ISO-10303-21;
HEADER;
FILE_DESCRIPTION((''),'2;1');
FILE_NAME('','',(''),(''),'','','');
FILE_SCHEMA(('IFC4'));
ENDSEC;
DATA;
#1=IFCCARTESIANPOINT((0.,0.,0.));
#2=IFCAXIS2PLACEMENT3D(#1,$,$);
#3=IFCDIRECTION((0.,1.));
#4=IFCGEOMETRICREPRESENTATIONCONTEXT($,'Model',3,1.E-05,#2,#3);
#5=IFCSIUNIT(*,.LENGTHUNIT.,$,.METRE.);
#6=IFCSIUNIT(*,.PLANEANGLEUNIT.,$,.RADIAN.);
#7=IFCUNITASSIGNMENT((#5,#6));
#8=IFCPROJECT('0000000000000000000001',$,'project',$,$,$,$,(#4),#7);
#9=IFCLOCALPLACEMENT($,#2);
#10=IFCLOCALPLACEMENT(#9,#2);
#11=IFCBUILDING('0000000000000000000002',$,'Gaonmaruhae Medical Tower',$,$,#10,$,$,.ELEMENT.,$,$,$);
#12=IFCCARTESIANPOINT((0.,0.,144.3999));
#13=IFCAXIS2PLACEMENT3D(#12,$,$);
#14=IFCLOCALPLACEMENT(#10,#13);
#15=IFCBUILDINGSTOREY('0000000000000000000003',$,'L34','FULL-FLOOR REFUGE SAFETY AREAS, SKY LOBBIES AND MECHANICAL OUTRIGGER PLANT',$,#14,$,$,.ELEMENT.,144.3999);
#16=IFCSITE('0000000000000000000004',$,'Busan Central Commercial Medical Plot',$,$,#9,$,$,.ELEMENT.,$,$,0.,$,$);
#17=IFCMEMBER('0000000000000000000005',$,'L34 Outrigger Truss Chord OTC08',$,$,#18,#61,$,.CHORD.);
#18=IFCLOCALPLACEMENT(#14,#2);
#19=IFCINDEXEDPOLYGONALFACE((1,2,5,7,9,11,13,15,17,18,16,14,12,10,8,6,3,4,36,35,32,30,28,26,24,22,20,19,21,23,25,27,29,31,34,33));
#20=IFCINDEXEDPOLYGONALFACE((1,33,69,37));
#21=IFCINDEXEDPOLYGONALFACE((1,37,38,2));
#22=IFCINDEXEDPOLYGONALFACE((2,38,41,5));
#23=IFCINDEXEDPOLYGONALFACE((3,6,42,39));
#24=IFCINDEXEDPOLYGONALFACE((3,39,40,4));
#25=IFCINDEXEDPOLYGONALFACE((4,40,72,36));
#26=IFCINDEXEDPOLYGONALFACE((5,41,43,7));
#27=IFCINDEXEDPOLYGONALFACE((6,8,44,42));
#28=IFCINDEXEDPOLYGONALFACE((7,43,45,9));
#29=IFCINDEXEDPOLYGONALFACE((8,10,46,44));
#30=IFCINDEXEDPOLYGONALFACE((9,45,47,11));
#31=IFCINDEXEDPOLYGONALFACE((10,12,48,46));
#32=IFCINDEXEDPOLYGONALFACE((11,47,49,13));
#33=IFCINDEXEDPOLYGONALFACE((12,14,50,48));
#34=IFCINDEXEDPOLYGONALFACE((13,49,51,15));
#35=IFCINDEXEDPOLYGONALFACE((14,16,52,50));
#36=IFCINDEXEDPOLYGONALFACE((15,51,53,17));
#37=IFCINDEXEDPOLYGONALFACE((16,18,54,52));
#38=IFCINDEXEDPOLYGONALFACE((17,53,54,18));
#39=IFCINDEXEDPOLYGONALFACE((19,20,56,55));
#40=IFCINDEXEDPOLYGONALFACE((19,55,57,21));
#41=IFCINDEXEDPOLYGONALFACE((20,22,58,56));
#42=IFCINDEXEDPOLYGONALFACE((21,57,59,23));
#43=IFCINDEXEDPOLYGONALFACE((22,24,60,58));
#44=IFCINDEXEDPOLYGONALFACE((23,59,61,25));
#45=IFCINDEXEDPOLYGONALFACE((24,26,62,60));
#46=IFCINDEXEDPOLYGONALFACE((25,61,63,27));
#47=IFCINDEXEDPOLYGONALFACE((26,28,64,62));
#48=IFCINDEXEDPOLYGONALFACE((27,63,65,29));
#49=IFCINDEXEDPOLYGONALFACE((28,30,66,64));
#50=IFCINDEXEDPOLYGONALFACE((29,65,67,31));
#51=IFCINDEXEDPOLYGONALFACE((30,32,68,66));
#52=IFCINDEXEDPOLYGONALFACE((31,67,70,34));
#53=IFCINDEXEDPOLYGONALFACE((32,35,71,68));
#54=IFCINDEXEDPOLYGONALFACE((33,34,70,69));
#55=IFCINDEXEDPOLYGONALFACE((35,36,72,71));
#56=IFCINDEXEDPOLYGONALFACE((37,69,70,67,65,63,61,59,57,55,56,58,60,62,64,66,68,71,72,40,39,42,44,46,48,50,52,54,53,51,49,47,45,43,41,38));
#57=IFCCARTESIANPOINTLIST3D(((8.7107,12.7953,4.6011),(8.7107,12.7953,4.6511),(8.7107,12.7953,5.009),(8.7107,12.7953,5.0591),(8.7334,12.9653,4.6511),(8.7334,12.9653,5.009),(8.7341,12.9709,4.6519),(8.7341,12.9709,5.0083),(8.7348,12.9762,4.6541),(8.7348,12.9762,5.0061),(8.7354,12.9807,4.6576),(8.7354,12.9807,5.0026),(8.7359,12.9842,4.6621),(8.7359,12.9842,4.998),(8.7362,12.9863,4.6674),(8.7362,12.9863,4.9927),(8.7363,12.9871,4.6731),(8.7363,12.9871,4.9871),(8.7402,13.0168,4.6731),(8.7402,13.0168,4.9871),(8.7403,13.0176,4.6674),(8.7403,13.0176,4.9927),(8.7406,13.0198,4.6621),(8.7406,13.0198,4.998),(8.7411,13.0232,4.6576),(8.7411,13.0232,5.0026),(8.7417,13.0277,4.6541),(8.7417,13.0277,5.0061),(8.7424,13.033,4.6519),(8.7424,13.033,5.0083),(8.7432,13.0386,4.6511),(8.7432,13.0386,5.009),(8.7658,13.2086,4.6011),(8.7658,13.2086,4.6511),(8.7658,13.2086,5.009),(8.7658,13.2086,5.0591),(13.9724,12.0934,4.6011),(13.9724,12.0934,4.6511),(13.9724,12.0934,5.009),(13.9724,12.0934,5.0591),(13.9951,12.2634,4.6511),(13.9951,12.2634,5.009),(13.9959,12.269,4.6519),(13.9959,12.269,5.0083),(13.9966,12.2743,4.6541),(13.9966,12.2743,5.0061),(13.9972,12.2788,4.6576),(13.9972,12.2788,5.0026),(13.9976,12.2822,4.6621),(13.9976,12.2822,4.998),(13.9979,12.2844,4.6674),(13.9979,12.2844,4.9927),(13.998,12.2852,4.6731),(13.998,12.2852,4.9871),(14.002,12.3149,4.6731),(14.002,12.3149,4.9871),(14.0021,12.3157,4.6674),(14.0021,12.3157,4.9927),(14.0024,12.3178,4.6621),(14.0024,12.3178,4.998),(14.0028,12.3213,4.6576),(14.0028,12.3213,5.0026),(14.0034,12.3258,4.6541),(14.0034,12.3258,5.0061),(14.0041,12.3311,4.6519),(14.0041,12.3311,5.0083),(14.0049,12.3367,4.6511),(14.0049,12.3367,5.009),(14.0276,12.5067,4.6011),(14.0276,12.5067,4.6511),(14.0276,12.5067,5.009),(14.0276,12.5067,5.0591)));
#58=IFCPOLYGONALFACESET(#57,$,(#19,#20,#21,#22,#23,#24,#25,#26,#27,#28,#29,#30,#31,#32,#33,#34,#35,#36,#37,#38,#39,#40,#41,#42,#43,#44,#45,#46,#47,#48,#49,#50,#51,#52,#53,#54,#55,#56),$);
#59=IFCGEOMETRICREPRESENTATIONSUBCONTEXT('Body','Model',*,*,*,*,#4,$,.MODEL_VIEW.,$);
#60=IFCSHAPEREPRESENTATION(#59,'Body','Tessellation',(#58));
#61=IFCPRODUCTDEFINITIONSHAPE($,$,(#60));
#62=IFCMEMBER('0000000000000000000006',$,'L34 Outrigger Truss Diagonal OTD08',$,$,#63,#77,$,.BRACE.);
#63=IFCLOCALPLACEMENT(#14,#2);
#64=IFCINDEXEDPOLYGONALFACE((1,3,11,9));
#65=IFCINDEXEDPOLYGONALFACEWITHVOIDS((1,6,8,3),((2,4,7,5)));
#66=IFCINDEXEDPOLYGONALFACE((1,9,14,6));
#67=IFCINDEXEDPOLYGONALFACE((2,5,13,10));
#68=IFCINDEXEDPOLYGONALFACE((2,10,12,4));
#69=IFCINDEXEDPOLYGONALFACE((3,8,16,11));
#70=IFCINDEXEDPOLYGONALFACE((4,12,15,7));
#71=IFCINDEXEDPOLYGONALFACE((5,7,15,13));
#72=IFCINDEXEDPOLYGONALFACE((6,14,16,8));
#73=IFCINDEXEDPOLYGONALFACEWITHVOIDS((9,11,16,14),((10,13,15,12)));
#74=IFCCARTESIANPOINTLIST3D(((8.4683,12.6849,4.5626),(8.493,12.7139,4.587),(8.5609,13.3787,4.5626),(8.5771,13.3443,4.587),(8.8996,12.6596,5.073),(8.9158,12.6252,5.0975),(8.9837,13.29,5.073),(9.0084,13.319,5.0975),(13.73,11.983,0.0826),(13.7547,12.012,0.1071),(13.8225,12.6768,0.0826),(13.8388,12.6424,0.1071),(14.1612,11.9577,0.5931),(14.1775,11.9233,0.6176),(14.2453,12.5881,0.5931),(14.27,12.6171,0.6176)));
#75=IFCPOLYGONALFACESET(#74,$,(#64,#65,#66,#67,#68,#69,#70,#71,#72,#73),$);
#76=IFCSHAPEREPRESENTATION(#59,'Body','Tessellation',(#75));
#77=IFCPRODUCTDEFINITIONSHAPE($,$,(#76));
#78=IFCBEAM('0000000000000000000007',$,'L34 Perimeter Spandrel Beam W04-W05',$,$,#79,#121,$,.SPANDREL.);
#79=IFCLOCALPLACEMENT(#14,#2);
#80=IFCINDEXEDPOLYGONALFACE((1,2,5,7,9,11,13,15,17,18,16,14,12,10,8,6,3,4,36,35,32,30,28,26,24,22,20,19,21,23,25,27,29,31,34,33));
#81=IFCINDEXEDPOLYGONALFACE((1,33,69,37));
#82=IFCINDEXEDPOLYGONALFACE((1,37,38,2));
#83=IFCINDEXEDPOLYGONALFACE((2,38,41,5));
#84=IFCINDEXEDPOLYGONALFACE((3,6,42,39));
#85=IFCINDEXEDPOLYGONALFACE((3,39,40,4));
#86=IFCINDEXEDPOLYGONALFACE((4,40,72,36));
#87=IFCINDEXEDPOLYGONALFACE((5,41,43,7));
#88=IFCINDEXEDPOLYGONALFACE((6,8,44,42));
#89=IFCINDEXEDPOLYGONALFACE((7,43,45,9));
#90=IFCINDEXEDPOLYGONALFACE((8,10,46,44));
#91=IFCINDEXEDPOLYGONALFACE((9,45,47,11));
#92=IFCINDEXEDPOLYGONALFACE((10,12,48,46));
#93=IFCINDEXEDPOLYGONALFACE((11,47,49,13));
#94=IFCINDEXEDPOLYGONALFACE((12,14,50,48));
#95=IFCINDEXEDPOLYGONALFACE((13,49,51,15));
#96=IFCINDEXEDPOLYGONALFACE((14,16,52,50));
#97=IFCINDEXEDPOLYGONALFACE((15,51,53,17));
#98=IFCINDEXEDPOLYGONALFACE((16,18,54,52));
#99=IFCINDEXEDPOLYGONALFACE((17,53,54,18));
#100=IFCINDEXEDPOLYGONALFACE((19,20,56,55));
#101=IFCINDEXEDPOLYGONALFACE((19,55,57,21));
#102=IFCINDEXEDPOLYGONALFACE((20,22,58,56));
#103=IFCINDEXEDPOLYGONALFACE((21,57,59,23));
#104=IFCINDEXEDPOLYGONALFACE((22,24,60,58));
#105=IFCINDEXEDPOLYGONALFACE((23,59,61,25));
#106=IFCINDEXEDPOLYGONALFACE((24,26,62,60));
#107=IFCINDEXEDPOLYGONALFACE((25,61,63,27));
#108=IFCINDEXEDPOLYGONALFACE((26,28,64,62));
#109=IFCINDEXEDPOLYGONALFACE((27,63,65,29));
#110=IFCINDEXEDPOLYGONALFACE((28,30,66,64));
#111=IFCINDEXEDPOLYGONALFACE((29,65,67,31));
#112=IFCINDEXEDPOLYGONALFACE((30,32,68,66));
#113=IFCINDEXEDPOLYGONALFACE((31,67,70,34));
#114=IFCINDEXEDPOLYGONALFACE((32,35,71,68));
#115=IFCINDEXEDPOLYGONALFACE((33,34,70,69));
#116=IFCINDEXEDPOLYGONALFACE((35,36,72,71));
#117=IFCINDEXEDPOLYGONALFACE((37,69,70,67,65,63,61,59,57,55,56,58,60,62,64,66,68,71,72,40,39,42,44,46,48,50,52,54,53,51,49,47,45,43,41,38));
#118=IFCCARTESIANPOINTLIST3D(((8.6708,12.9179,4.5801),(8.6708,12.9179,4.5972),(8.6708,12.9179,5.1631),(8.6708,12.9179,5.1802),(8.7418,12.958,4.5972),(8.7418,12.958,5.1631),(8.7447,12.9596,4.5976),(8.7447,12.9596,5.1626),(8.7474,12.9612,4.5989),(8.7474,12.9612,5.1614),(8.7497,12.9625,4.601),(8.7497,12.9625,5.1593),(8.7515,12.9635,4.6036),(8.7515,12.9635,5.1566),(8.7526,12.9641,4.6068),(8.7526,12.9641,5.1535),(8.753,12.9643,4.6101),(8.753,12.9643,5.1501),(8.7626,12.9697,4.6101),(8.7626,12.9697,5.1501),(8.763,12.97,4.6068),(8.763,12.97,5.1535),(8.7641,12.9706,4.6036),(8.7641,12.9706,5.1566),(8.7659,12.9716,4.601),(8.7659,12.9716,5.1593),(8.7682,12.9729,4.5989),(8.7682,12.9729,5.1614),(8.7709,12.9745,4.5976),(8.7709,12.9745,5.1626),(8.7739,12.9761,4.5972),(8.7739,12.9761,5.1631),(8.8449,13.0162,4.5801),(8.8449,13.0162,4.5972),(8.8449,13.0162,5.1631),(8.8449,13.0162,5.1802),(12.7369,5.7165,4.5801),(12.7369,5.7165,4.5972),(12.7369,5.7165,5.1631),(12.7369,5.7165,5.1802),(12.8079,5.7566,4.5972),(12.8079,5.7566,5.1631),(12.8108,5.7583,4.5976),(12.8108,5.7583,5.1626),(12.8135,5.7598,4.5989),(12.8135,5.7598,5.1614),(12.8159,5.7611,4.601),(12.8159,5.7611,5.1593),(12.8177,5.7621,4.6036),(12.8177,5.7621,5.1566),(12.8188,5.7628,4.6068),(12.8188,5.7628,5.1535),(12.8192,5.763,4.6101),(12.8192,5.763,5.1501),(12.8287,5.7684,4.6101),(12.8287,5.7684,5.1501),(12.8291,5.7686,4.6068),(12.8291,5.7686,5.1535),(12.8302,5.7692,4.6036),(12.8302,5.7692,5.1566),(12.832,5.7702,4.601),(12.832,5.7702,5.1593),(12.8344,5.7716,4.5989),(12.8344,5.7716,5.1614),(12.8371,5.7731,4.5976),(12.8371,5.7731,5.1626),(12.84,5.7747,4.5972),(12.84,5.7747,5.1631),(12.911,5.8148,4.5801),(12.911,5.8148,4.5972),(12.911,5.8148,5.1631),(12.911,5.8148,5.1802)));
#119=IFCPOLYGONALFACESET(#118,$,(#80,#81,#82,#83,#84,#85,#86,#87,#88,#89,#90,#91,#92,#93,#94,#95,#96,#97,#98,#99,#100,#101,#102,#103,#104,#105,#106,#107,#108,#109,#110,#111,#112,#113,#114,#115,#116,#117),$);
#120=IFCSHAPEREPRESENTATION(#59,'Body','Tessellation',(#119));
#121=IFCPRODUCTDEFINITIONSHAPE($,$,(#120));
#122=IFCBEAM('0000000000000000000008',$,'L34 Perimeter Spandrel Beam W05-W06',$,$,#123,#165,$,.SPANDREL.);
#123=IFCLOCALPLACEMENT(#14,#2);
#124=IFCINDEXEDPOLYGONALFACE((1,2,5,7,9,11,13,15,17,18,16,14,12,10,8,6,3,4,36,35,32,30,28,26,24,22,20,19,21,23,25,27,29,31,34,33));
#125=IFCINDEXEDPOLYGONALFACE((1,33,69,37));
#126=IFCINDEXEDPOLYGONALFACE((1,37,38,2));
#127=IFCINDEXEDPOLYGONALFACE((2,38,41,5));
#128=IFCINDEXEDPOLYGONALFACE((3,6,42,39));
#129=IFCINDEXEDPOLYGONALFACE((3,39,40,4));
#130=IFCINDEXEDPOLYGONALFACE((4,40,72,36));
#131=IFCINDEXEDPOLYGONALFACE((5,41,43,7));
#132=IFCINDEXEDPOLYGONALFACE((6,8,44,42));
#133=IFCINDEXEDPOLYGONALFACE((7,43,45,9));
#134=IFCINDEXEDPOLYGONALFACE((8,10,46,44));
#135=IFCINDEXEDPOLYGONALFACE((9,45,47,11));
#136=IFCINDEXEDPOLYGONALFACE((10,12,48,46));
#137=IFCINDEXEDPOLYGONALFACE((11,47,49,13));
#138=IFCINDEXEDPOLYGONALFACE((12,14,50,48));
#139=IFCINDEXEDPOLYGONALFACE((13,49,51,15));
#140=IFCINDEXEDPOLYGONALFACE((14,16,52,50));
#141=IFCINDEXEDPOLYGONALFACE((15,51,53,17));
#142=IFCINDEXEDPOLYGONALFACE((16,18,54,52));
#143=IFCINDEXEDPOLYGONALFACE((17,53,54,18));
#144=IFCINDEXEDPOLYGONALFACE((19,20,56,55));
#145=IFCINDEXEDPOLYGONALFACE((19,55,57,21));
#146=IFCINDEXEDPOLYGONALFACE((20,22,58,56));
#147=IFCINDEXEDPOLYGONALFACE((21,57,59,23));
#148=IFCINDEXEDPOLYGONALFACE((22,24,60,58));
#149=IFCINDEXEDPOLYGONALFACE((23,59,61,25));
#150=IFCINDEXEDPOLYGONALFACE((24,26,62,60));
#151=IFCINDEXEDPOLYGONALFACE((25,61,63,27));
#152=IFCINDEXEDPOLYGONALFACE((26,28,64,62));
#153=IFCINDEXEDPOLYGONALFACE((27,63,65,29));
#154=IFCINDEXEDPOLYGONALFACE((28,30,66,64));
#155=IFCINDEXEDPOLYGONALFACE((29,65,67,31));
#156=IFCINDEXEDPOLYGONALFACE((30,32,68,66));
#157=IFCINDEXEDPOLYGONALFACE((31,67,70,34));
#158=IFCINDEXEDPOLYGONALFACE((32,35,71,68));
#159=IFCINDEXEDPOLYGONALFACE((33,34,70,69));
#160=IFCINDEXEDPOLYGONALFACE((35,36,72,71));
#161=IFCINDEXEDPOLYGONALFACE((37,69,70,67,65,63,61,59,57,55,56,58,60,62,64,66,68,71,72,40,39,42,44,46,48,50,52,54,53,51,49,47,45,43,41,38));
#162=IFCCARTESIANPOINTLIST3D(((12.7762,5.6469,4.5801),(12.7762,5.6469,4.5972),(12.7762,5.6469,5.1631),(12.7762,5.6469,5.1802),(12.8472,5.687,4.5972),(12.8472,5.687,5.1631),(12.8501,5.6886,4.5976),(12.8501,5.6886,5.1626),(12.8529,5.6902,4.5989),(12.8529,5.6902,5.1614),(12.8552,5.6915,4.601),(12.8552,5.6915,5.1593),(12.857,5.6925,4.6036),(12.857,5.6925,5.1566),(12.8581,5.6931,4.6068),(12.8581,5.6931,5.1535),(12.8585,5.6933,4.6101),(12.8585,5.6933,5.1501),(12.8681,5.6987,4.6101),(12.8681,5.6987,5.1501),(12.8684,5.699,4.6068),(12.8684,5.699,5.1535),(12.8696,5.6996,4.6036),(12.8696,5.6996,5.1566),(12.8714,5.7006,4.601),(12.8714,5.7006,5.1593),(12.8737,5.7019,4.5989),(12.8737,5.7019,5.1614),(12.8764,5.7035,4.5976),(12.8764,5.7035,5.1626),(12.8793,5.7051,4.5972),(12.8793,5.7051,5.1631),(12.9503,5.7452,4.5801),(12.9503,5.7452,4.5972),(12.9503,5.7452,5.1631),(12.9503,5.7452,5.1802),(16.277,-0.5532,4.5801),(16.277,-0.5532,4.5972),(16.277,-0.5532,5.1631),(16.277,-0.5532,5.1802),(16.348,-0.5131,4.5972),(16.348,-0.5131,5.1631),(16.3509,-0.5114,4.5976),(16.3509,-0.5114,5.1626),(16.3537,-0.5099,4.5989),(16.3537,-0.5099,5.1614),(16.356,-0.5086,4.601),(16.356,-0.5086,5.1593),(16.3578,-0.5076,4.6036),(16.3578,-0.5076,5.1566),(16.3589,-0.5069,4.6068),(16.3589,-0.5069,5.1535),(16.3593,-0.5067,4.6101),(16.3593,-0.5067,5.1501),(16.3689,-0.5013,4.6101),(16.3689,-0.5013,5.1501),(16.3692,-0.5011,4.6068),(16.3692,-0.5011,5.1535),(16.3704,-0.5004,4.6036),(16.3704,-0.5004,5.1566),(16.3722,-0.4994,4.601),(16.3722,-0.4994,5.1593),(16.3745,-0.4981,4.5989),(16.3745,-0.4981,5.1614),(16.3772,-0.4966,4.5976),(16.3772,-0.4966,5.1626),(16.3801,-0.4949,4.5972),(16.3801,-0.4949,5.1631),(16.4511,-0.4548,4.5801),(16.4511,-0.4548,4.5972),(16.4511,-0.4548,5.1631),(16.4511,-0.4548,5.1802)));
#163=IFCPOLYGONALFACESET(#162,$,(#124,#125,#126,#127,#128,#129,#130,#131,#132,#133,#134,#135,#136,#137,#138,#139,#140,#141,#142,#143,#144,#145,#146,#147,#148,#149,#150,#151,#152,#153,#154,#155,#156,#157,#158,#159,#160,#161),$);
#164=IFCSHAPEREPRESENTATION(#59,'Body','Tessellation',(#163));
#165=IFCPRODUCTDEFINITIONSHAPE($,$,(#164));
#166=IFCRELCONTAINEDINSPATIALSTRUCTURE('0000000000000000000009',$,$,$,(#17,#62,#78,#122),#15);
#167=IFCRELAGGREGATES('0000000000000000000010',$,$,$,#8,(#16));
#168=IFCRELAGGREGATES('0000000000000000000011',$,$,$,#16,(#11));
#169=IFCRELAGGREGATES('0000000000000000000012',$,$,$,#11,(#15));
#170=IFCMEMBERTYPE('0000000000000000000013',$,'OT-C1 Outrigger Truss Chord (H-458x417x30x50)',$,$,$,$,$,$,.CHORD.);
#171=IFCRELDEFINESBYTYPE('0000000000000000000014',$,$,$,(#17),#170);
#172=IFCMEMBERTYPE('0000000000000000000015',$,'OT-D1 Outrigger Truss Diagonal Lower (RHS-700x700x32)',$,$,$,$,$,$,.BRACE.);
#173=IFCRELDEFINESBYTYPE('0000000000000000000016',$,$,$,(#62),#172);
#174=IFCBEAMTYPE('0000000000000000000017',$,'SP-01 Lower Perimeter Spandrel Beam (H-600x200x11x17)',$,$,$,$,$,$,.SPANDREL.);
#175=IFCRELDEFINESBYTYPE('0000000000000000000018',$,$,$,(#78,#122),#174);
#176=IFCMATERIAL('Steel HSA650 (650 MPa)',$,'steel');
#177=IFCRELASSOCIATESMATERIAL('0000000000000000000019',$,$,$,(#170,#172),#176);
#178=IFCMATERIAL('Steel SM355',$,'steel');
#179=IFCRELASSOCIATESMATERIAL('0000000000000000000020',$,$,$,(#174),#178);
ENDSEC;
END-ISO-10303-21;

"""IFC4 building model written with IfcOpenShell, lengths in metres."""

from ifc_helpers import new_model, si_unit, direction, frame, origin, origin_2d, place, context, subcontext, project, spatial, hollow_rectangle, i_section, extrude, material, material_profile, profile_set, type_object, element, save


model = new_model("IFC4")

# Units and contexts
model_context = context("Model", 3, precision=1e-05, world=origin(), true_north=direction((0.0, 1.0)))
body_context = subcontext(model_context, "Body", "Model", "MODEL_VIEW")
ifc_project = project(units=[si_unit("LENGTHUNIT", "METRE"), si_unit("PLANEANGLEUNIT", "RADIAN")], contexts=[model_context])

# Site, building, storey
site_placement = place(None, origin())
site = spatial("IfcSite", under=ifc_project, at=site_placement, Name="Busan Central Commercial Medical Plot", CompositionType="ELEMENT", RefElevation=0.0)
building_placement = place(site_placement, origin())
building = spatial("IfcBuilding", under=site, at=building_placement, Name="Gaonmaruhae Medical Tower", CompositionType="ELEMENT")
storey_placement = place(building_placement, frame((0.0, 0.0, 144.3999)))
storey = spatial("IfcBuildingStorey", under=building, at=storey_placement, Name="L34", Description="FULL-FLOOR REFUGE SAFETY AREAS, SKY LOBBIES AND MECHANICAL OUTRIGGER PLANT", CompositionType="ELEMENT", Elevation=144.3999)

# Shared definitions
ifc_material_1 = material(Name="Steel HSA650 (650 MPa)", Category="steel")

# Members
ifc_material_profile_1 = material_profile(ifc_material_1, i_section(OverallWidth=0.417, OverallDepth=0.458, WebThickness=0.03, FlangeThickness=0.05, FilletRadius=0.022, at=origin_2d()), Name="H-458x417x30x50")
ifc_profile_set_1 = profile_set([ifc_material_profile_1], Name="Steel HSA650 (650 MPa)")
member_type_1 = type_object("IfcMemberType", Name="OT-C1 Outrigger Truss Chord (H-458x417x30x50)", PredefinedType="CHORD", material=ifc_profile_set_1)
member_1_placement = place(storey_placement, frame((14.0, 12.3, 4.8301), z_axis=(-0.991219, 0.132227, 0.0), x_axis=(-0.132227, -0.991219, 0.0)))
element("IfcMember", 1, at=member_1_placement, inside=storey, type_object=member_type_1, Name="L34 Outrigger Truss Chord OTC08", PredefinedType="CHORD", context=body_context, shape_type="SweptSolid", body=[
    extrude(i_section(OverallWidth=0.417, OverallDepth=0.458, WebThickness=0.03, FlangeThickness=0.05, FilletRadius=0.022, at=origin_2d()), origin(), (0.0, 0.0, 1.0), 5.3083),
])
ifc_material_profile_2 = material_profile(ifc_material_1, hollow_rectangle(XDim=0.7, YDim=0.7, WallThickness=0.032, at=origin_2d()), Name="RHS-700x700x32")
ifc_profile_set_2 = profile_set([ifc_material_profile_2], Name="Steel HSA650 (650 MPa)")
member_type_2 = type_object("IfcMemberType", Name="OT-D1 Outrigger Truss Diagonal Lower (RHS-700x700x32)", PredefinedType="BRACE", material=ifc_profile_set_2)
member_2_placement = place(storey_placement, frame((14.0, 12.3, 0.3501), z_axis=(-0.757505, 0.10105, 0.644962), x_axis=(-0.132227, -0.991219, 0.0)))
element("IfcMember", 2, at=member_2_placement, inside=storey, type_object=member_type_2, Name="L34 Outrigger Truss Diagonal OTD08", PredefinedType="BRACE", context=body_context, shape_type="SweptSolid", body=[
    extrude(hollow_rectangle(XDim=0.7, YDim=0.7, WallThickness=0.032, at=origin_2d()), origin(), (0.0, 0.0, 1.0), 6.946),
])

# Beams
ifc_material_2 = material(Name="Steel SM355", Category="steel")
ifc_material_profile_3 = material_profile(ifc_material_2, i_section(OverallWidth=0.2, OverallDepth=0.6001, WebThickness=0.011, FlangeThickness=0.0171, FilletRadius=0.0129, at=origin_2d()), Name="H-600x200x11x17")
ifc_profile_set_3 = profile_set([ifc_material_profile_3], Name="Steel SM355")
beam_type_1 = type_object("IfcBeamType", Name="SP-01 Lower Perimeter Spandrel Beam (H-600x200x11x17)", PredefinedType="SPANDREL", material=ifc_profile_set_3)
beam_1_placement = place(storey_placement, frame((8.7578, 12.967, 4.8801), z_axis=(0.491672, -0.87078, 0.0), x_axis=(0.87078, 0.491672, 0.0)))
element("IfcBeam", 3, at=beam_1_placement, inside=storey, type_object=beam_type_1, Name="L34 Perimeter Spandrel Beam W04-W05", PredefinedType="SPANDREL", context=body_context, shape_type="SweptSolid", body=[
    extrude(i_section(OverallWidth=0.2, OverallDepth=0.6001, WebThickness=0.011, FlangeThickness=0.0171, FilletRadius=0.0129, at=origin_2d()), origin(), (0.0, 0.0, 1.0), 8.27),
])
beam_2_placement = place(storey_placement, frame((12.8633, 5.696, 4.8801), z_axis=(0.491675, -0.870779, 0.0), x_axis=(0.870779, 0.491675, 0.0)))
element("IfcBeam", 4, at=beam_2_placement, inside=storey, type_object=beam_type_1, Name="L34 Perimeter Spandrel Beam W05-W06", PredefinedType="SPANDREL", context=body_context, shape_type="SweptSolid", body=[
    extrude(i_section(OverallWidth=0.2, OverallDepth=0.6001, WebThickness=0.011, FlangeThickness=0.0171, FilletRadius=0.0129, at=origin_2d()), origin(), (0.0, 0.0, 1.0), 7.1201),
])

save(model, "model.ifc")
